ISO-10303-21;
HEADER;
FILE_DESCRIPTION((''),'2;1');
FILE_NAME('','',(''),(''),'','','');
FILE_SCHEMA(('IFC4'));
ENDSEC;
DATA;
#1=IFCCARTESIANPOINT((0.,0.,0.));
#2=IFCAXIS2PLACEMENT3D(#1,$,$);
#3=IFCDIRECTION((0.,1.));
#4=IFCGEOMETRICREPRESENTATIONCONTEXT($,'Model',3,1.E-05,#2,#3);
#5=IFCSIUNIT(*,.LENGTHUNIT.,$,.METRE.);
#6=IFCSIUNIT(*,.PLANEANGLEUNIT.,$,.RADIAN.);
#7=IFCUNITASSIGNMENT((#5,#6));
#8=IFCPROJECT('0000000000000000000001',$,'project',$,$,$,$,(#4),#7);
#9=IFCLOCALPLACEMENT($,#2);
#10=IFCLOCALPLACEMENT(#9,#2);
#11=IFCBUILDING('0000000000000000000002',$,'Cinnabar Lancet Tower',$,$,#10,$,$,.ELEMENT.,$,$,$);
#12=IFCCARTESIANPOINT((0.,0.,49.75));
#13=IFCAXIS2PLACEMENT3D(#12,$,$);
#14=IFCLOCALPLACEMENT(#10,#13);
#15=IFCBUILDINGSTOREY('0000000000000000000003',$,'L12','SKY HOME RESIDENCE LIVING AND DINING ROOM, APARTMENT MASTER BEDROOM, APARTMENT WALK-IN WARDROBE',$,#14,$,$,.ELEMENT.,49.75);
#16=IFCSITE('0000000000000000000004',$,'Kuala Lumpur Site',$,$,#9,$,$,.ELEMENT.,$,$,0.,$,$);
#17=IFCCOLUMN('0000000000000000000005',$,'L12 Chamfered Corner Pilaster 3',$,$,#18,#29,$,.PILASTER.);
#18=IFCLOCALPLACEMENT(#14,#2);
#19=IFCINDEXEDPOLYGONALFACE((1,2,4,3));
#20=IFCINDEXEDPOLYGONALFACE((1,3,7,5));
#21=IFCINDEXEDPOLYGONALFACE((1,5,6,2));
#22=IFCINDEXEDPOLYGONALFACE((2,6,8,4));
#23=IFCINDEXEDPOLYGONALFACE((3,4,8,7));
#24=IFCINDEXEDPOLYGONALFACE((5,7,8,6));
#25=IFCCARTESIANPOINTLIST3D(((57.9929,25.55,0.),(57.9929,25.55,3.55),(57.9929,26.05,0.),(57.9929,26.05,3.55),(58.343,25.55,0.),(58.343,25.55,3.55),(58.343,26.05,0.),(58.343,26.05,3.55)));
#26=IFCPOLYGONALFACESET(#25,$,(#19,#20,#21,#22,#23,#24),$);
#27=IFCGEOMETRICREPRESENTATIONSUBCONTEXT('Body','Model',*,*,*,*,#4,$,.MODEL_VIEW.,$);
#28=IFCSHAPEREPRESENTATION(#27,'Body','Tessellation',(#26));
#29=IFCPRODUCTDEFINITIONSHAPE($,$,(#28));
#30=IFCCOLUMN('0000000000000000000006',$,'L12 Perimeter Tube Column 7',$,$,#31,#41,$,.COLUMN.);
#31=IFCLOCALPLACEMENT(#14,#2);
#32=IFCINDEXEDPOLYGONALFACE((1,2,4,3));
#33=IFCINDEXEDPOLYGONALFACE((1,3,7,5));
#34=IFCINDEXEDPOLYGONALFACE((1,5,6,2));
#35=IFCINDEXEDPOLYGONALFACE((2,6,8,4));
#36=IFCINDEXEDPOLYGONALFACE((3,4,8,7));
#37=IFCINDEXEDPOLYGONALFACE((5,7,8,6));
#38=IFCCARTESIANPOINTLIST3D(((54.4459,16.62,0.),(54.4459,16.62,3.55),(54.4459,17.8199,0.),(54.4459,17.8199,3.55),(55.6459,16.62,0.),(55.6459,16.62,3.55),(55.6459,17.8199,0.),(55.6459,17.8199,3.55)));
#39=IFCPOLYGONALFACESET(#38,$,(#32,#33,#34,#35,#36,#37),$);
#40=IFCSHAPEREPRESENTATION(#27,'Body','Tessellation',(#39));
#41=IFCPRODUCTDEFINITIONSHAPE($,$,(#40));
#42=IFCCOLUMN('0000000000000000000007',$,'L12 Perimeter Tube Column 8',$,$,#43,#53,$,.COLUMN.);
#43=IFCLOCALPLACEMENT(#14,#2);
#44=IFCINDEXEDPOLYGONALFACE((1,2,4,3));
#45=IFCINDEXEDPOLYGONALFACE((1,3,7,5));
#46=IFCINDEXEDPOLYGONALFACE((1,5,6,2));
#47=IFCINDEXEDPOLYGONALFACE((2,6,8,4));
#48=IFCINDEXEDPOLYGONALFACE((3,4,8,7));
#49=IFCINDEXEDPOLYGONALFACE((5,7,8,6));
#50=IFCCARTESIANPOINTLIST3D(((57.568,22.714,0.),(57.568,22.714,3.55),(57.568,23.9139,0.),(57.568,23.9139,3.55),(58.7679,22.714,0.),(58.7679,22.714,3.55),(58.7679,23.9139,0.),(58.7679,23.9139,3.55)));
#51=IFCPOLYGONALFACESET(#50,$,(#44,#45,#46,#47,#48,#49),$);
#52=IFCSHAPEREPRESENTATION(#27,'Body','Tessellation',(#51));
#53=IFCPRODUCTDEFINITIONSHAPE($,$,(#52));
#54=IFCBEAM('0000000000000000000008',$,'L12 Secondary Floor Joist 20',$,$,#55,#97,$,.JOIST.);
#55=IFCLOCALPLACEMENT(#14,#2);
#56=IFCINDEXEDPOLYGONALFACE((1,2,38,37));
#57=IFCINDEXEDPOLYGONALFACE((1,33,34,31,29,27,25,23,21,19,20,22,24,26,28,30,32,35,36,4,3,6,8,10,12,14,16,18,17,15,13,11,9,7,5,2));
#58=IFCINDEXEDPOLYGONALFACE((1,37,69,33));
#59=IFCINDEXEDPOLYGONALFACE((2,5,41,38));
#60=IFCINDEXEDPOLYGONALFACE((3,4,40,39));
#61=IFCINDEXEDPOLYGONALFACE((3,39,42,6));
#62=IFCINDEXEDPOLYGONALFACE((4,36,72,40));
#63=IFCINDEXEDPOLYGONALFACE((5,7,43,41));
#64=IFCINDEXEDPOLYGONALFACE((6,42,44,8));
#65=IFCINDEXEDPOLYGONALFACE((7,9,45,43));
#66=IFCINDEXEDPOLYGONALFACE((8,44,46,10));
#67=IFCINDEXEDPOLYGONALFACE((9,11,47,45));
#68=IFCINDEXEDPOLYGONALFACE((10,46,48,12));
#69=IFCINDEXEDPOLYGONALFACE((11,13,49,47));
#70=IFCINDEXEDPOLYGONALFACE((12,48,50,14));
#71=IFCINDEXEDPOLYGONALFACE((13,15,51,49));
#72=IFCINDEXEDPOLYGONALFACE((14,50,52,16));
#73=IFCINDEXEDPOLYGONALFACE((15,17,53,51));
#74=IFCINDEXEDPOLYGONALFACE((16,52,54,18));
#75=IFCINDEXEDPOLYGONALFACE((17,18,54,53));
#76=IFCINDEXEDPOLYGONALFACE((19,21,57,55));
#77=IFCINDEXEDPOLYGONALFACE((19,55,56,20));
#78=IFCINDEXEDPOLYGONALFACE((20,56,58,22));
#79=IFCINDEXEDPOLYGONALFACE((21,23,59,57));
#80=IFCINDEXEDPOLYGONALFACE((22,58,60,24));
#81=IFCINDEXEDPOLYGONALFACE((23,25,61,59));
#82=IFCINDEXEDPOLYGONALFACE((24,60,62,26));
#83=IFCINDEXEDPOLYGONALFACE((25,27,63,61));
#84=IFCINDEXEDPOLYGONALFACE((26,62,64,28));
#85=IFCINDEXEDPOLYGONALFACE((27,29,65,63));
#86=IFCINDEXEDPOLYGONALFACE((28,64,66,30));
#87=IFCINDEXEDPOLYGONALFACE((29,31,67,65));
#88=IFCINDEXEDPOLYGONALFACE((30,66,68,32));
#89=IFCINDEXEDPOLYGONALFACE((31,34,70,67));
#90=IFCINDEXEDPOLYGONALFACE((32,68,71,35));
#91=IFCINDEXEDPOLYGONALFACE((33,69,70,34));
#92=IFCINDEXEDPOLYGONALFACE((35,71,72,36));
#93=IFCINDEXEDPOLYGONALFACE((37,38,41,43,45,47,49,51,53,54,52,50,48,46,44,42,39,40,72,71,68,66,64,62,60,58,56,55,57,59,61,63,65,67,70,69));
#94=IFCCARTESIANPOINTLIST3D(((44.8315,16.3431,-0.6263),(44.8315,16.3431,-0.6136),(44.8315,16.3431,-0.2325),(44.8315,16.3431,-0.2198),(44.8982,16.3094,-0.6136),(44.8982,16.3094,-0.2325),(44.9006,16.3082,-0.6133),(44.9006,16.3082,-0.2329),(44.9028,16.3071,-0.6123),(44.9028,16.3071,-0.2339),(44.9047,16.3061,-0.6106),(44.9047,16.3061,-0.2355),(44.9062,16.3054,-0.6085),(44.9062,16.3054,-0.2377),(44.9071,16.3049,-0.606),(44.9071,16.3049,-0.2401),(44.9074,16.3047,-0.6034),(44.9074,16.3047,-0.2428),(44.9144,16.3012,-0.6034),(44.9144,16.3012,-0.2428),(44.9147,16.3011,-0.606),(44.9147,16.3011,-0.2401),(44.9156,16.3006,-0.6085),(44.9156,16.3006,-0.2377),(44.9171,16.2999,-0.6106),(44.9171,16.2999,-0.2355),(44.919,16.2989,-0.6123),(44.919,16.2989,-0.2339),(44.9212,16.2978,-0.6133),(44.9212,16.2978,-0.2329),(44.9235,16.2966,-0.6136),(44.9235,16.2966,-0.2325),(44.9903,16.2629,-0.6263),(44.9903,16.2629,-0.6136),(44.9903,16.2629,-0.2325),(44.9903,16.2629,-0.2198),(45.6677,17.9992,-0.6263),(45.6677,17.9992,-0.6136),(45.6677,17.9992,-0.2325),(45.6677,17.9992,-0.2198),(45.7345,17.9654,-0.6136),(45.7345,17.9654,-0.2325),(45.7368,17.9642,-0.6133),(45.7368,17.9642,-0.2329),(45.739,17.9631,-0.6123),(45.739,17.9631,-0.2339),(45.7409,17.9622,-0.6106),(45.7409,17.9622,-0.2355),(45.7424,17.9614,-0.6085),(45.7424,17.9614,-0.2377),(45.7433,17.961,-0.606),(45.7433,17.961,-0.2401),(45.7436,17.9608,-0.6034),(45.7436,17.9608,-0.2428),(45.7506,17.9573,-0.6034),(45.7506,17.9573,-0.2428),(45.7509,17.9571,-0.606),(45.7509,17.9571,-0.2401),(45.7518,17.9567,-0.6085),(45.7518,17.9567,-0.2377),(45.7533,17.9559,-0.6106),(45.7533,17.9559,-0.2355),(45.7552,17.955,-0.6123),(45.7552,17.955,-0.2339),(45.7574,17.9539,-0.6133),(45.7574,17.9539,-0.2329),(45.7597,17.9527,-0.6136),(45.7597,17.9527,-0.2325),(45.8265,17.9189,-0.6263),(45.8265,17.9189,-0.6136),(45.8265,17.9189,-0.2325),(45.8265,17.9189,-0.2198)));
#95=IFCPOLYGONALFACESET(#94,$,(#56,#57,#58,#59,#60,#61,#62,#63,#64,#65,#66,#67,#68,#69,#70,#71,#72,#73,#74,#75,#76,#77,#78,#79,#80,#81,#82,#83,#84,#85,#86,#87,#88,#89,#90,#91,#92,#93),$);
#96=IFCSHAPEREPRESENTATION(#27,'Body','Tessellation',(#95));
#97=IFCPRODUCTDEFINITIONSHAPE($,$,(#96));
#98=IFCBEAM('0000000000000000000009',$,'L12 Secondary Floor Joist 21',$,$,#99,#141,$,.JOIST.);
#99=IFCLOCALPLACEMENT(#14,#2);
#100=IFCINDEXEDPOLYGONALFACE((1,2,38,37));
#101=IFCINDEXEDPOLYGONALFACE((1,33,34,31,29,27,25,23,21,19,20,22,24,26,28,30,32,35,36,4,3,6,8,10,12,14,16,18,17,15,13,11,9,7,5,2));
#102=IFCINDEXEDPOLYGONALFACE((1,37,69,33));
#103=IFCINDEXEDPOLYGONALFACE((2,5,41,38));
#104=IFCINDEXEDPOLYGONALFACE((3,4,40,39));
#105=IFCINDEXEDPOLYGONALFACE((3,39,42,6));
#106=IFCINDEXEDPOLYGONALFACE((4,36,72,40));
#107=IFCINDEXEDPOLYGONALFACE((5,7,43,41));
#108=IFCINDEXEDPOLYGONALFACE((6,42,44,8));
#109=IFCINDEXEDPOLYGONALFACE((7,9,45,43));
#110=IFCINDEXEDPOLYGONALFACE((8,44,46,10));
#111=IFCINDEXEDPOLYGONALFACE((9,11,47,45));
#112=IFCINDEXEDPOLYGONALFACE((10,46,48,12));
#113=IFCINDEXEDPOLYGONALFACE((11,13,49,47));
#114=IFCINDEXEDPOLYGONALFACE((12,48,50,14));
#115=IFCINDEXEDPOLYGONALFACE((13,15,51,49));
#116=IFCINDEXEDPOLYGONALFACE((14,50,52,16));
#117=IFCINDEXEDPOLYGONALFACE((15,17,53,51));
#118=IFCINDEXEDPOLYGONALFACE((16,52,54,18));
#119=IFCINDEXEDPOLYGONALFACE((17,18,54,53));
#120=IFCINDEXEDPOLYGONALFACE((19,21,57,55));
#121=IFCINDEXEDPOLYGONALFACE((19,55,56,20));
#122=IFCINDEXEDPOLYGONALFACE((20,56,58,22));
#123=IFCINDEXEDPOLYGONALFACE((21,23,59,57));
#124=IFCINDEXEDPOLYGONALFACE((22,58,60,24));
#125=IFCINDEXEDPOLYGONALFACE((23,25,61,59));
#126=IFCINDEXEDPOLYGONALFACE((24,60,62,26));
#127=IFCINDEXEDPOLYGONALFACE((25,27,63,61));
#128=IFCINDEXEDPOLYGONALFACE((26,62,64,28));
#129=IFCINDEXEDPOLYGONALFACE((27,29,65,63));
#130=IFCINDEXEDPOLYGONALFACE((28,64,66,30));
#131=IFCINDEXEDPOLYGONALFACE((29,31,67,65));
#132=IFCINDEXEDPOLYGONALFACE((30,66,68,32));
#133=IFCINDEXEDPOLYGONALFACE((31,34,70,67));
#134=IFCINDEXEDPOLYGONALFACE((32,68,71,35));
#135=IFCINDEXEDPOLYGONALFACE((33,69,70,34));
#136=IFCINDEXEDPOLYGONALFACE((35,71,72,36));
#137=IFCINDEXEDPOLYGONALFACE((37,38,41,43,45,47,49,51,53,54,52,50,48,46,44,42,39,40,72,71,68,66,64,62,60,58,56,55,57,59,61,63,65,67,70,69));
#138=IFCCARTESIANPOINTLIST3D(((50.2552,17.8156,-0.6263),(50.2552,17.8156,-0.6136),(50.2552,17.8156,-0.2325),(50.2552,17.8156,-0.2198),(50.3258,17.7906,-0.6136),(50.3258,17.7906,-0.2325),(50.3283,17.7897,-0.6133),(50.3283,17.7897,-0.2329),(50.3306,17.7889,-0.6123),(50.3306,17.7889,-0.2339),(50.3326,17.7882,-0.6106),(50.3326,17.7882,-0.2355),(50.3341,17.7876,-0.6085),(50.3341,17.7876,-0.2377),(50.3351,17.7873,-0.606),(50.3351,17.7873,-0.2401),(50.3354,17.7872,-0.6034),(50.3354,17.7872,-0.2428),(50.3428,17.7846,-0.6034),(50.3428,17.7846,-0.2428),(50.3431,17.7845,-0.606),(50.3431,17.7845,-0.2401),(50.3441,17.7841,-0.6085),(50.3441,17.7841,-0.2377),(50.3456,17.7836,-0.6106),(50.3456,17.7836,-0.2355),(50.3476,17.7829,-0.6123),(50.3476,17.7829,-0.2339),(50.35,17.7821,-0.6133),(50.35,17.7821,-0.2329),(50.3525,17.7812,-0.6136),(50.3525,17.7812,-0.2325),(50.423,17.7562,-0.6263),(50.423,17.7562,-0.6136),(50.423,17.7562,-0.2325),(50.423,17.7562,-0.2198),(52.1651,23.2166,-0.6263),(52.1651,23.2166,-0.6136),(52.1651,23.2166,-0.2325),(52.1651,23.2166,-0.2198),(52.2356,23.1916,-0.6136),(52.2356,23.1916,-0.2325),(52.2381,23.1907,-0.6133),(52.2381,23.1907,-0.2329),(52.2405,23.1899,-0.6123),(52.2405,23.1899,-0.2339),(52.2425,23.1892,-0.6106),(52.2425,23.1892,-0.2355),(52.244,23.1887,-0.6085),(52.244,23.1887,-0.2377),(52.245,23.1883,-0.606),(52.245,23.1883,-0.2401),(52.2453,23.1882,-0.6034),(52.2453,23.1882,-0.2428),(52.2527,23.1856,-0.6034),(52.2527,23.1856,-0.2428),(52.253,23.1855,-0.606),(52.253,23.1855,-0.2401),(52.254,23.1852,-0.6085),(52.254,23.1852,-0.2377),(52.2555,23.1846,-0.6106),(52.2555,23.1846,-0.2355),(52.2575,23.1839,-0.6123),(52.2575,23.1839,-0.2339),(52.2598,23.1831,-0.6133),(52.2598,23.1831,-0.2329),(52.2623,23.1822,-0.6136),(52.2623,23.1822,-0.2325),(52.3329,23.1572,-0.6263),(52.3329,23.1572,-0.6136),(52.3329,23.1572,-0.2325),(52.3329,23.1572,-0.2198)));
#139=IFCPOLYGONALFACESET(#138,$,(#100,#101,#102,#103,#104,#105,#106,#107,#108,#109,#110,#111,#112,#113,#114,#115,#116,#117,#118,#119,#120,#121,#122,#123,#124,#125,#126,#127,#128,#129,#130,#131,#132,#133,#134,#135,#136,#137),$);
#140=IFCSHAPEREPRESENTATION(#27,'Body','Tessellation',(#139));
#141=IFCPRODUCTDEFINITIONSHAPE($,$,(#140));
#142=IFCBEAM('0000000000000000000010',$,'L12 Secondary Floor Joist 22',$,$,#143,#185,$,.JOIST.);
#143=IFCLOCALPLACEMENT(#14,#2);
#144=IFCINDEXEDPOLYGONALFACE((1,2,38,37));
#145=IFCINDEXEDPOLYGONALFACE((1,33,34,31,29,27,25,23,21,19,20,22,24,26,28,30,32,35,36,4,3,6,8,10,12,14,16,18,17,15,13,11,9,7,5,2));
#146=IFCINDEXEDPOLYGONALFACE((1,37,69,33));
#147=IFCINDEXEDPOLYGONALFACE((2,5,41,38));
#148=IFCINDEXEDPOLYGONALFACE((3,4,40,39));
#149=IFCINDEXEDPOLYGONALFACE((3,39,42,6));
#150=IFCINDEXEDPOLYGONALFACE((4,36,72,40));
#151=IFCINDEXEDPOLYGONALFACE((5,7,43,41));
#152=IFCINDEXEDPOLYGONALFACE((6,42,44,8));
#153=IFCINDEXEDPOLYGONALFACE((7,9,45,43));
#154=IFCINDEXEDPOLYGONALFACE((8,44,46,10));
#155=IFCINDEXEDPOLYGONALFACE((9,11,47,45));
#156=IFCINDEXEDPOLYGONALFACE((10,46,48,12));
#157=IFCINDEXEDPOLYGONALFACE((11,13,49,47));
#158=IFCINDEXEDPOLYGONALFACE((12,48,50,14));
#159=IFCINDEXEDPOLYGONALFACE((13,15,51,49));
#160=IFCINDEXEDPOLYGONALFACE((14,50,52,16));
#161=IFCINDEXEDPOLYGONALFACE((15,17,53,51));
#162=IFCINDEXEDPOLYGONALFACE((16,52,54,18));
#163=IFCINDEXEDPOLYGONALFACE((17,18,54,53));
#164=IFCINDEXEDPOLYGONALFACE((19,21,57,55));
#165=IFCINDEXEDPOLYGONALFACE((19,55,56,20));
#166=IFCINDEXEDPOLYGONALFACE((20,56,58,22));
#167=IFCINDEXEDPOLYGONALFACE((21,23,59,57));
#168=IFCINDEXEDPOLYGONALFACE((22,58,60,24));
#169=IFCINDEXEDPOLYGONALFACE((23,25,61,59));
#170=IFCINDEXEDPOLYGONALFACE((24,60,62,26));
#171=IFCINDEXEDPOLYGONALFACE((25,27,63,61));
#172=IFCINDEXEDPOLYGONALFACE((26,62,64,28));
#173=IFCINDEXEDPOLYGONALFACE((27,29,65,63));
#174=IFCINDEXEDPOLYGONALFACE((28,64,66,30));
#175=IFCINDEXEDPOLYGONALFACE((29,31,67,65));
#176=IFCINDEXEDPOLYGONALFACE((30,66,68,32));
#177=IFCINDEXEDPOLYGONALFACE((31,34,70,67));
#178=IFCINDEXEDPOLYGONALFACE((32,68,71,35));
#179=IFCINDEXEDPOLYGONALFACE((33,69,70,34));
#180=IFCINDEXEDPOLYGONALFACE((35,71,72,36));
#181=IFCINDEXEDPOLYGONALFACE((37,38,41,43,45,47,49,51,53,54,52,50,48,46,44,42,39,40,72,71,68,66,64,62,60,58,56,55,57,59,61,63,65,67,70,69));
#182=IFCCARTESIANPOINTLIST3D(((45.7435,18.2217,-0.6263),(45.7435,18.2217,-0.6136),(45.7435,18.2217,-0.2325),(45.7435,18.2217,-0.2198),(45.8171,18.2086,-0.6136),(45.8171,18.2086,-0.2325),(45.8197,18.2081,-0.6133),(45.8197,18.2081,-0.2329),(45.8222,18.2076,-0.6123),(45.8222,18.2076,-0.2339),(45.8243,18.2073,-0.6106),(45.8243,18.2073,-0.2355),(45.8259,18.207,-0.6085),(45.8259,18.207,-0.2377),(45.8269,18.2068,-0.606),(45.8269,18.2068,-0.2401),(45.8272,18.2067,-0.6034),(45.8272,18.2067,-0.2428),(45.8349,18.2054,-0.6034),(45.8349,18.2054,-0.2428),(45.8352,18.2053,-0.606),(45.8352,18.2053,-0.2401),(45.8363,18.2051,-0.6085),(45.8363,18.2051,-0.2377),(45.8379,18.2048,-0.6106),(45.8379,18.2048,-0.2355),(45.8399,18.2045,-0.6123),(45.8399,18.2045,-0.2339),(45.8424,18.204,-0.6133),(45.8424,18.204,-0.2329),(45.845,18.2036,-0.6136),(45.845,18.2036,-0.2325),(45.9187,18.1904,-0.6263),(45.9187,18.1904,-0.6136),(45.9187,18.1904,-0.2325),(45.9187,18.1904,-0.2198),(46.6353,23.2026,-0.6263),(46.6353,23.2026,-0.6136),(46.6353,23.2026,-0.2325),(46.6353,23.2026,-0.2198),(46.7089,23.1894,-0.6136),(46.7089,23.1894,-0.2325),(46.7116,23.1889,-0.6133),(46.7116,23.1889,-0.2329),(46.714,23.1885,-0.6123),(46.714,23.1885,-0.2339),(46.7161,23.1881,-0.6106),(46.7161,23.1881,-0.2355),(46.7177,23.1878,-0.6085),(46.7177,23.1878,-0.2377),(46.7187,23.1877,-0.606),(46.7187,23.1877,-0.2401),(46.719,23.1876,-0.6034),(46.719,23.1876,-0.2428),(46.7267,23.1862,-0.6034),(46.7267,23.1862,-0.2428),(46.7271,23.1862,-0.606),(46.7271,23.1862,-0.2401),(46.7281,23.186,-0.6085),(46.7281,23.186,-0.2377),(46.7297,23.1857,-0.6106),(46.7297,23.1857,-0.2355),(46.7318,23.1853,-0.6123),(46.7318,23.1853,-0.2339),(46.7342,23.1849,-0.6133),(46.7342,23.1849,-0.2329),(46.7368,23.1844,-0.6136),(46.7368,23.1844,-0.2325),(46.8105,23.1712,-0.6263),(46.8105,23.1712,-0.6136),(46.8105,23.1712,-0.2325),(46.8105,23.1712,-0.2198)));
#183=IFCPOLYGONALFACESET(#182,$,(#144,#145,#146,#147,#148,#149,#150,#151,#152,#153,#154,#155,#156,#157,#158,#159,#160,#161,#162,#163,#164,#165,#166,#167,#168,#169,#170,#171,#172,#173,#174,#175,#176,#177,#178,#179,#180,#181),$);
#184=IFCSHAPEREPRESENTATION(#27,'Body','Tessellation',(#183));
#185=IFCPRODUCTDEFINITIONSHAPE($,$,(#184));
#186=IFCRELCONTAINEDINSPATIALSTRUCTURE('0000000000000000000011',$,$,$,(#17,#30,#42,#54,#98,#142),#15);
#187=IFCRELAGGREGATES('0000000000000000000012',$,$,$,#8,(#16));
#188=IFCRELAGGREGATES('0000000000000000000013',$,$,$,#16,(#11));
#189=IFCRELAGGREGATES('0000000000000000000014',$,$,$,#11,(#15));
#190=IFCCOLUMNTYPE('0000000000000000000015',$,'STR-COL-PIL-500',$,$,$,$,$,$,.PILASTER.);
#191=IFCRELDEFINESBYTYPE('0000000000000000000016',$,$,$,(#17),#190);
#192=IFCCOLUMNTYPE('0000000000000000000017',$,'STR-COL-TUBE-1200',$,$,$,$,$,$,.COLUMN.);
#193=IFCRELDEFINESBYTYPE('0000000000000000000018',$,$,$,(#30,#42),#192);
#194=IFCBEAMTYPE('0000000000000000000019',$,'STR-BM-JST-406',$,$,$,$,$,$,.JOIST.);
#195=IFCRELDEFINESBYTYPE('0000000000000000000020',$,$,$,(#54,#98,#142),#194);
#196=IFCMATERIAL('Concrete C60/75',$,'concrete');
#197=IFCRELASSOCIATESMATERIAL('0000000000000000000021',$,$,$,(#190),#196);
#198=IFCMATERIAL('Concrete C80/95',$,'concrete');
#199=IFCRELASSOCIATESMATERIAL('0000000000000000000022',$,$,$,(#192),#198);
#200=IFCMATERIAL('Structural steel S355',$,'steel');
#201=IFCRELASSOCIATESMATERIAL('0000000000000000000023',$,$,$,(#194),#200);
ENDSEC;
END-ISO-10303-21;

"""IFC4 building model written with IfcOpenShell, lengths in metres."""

from ifc_helpers import new_model, si_unit, direction, frame, origin, origin_2d, place, context, subcontext, project, spatial, rectangle, i_section, extrude, material, material_profile, profile_set, type_object, element, save


model = new_model("IFC4")

# Units and contexts
model_context = context("Model", 3, precision=1e-05, world=origin(), true_north=direction((0.0, 1.0)))
body_context = subcontext(model_context, "Body", "Model", "MODEL_VIEW")
ifc_project = project(units=[si_unit("LENGTHUNIT", "METRE"), si_unit("PLANEANGLEUNIT", "RADIAN")], contexts=[model_context])

# Site, building, storey
site_placement = place(None, origin())
site = spatial("IfcSite", under=ifc_project, at=site_placement, Name="Kuala Lumpur Site", CompositionType="ELEMENT", RefElevation=0.0)
building_placement = place(site_placement, origin())
building = spatial("IfcBuilding", under=site, at=building_placement, Name="Cinnabar Lancet Tower", CompositionType="ELEMENT")
storey_placement = place(building_placement, frame((0.0, 0.0, 49.75)))
storey = spatial("IfcBuildingStorey", under=building, at=storey_placement, Name="L12", Description="SKY HOME RESIDENCE LIVING AND DINING ROOM, APARTMENT MASTER BEDROOM, APARTMENT WALK-IN WARDROBE", CompositionType="ELEMENT", Elevation=49.75)

# Columns
ifc_material_1 = material(Name="Concrete C60/75", Category="concrete")
ifc_material_profile_1 = material_profile(ifc_material_1, rectangle(XDim=0.5, YDim=0.3501, at=origin_2d()), Name="RC-PIL 500x350")
ifc_profile_set_1 = profile_set([ifc_material_profile_1], Name="Concrete C60/75")
column_type_1 = type_object("IfcColumnType", Name="STR-COL-PIL-500", PredefinedType="PILASTER", material=ifc_profile_set_1)
column_placement = place(storey_placement, frame((58.168, 25.8, 0.0), z_axis=(0.0, 0.0, 1.0), x_axis=(0.0, 1.0, 0.0)))
element("IfcColumn", 1, at=column_placement, inside=storey, type_object=column_type_1, Name="L12 Chamfered Corner Pilaster 3", PredefinedType="PILASTER", context=body_context, shape_type="SweptSolid", body=[
    extrude(rectangle(XDim=0.5, YDim=0.3501, at=origin_2d()), origin(), (0.0, 0.0, 1.0), 3.55),
])
ifc_material_2 = material(Name="Concrete C80/95", Category="concrete")
ifc_material_profile_2 = material_profile(ifc_material_2, rectangle(XDim=1.2, YDim=1.2, at=origin_2d()), Name="RC-COL 1200x1200")
ifc_profile_set_2 = profile_set([ifc_material_profile_2], Name="Concrete C80/95")
column_type_2 = type_object("IfcColumnType", Name="STR-COL-TUBE-1200", PredefinedType="COLUMN", material=ifc_profile_set_2)
for number, where, z_axis, x_axis, name in (
    (2, (55.0459, 17.22, 0.0), (0.0, 0.0, 1.0), (1.0, 0.0, 0.0), "L12 Perimeter Tube Column 7"),
    (3, (58.168, 23.314, 0.0), (0.0, 0.0, 1.0), (1.0, 0.0, 0.0), "L12 Perimeter Tube Column 8"),
):
    element("IfcColumn", number, at=place(storey_placement, frame(where, z_axis=z_axis, x_axis=x_axis)), inside=storey, type_object=column_type_2, Name=name, PredefinedType="COLUMN", context=body_context, shape_type="SweptSolid", body=[
        extrude(rectangle(XDim=1.2, YDim=1.2, at=origin_2d()), origin(), (0.0, 0.0, 1.0), 3.55),
    ])

# Beams
ifc_material_3 = material(Name="Structural steel S355", Category="steel")
ifc_material_profile_3 = material_profile(ifc_material_3, i_section(OverallWidth=0.178, OverallDepth=0.4065, WebThickness=0.0078, FlangeThickness=0.0127, FilletRadius=0.0103, at=origin_2d()), Name="UKB 406x178x60")
ifc_profile_set_3 = profile_set([ifc_material_profile_3], Name="Structural steel S355")
beam_type_1 = type_object("IfcBeamType", Name="STR-BM-JST-406", PredefinedType="JOIST", material=ifc_profile_set_3)
beam_1_placement = place(storey_placement, frame((44.9109, 16.303, -0.4231), z_axis=(0.450737, 0.892657, 0.0), x_axis=(-0.892657, 0.450737, 0.0)))
element("IfcBeam", 4, at=beam_1_placement, inside=storey, type_object=beam_type_1, Name="L12 Secondary Floor Joist 20", PredefinedType="JOIST", context=body_context, shape_type="SweptSolid", body=[
    extrude(i_section(OverallWidth=0.178, OverallDepth=0.4065, WebThickness=0.0078, FlangeThickness=0.0127, FilletRadius=0.0103, at=origin_2d()), origin(), (0.0, 0.0, 1.0), 1.8552),
])
beam_2_placement = place(storey_placement, frame((50.3391, 17.7859, -0.4231), z_axis=(0.333384, 0.942791, 0.0), x_axis=(-0.942791, 0.333384, 0.0)))
element("IfcBeam", 5, at=beam_2_placement, inside=storey, type_object=beam_type_1, Name="L12 Secondary Floor Joist 21", PredefinedType="JOIST", context=body_context, shape_type="SweptSolid", body=[
    extrude(i_section(OverallWidth=0.178, OverallDepth=0.4065, WebThickness=0.0078, FlangeThickness=0.0127, FilletRadius=0.0103, at=origin_2d()), origin(), (0.0, 0.0, 1.0), 5.7288),
])
beam_3_placement = place(storey_placement, frame((45.8311, 18.2061, -0.4231), z_axis=(0.176248, 0.984346, 0.0), x_axis=(-0.984346, 0.176248, 0.0)))
element("IfcBeam", 6, at=beam_3_placement, inside=storey, type_object=beam_type_1, Name="L12 Secondary Floor Joist 22", PredefinedType="JOIST", context=body_context, shape_type="SweptSolid", body=[
    extrude(i_section(OverallWidth=0.178, OverallDepth=0.4065, WebThickness=0.0078, FlangeThickness=0.0127, FilletRadius=0.0103, at=origin_2d()), origin(), (0.0, 0.0, 1.0), 5.0601),
])

save(model, "model.ifc")
